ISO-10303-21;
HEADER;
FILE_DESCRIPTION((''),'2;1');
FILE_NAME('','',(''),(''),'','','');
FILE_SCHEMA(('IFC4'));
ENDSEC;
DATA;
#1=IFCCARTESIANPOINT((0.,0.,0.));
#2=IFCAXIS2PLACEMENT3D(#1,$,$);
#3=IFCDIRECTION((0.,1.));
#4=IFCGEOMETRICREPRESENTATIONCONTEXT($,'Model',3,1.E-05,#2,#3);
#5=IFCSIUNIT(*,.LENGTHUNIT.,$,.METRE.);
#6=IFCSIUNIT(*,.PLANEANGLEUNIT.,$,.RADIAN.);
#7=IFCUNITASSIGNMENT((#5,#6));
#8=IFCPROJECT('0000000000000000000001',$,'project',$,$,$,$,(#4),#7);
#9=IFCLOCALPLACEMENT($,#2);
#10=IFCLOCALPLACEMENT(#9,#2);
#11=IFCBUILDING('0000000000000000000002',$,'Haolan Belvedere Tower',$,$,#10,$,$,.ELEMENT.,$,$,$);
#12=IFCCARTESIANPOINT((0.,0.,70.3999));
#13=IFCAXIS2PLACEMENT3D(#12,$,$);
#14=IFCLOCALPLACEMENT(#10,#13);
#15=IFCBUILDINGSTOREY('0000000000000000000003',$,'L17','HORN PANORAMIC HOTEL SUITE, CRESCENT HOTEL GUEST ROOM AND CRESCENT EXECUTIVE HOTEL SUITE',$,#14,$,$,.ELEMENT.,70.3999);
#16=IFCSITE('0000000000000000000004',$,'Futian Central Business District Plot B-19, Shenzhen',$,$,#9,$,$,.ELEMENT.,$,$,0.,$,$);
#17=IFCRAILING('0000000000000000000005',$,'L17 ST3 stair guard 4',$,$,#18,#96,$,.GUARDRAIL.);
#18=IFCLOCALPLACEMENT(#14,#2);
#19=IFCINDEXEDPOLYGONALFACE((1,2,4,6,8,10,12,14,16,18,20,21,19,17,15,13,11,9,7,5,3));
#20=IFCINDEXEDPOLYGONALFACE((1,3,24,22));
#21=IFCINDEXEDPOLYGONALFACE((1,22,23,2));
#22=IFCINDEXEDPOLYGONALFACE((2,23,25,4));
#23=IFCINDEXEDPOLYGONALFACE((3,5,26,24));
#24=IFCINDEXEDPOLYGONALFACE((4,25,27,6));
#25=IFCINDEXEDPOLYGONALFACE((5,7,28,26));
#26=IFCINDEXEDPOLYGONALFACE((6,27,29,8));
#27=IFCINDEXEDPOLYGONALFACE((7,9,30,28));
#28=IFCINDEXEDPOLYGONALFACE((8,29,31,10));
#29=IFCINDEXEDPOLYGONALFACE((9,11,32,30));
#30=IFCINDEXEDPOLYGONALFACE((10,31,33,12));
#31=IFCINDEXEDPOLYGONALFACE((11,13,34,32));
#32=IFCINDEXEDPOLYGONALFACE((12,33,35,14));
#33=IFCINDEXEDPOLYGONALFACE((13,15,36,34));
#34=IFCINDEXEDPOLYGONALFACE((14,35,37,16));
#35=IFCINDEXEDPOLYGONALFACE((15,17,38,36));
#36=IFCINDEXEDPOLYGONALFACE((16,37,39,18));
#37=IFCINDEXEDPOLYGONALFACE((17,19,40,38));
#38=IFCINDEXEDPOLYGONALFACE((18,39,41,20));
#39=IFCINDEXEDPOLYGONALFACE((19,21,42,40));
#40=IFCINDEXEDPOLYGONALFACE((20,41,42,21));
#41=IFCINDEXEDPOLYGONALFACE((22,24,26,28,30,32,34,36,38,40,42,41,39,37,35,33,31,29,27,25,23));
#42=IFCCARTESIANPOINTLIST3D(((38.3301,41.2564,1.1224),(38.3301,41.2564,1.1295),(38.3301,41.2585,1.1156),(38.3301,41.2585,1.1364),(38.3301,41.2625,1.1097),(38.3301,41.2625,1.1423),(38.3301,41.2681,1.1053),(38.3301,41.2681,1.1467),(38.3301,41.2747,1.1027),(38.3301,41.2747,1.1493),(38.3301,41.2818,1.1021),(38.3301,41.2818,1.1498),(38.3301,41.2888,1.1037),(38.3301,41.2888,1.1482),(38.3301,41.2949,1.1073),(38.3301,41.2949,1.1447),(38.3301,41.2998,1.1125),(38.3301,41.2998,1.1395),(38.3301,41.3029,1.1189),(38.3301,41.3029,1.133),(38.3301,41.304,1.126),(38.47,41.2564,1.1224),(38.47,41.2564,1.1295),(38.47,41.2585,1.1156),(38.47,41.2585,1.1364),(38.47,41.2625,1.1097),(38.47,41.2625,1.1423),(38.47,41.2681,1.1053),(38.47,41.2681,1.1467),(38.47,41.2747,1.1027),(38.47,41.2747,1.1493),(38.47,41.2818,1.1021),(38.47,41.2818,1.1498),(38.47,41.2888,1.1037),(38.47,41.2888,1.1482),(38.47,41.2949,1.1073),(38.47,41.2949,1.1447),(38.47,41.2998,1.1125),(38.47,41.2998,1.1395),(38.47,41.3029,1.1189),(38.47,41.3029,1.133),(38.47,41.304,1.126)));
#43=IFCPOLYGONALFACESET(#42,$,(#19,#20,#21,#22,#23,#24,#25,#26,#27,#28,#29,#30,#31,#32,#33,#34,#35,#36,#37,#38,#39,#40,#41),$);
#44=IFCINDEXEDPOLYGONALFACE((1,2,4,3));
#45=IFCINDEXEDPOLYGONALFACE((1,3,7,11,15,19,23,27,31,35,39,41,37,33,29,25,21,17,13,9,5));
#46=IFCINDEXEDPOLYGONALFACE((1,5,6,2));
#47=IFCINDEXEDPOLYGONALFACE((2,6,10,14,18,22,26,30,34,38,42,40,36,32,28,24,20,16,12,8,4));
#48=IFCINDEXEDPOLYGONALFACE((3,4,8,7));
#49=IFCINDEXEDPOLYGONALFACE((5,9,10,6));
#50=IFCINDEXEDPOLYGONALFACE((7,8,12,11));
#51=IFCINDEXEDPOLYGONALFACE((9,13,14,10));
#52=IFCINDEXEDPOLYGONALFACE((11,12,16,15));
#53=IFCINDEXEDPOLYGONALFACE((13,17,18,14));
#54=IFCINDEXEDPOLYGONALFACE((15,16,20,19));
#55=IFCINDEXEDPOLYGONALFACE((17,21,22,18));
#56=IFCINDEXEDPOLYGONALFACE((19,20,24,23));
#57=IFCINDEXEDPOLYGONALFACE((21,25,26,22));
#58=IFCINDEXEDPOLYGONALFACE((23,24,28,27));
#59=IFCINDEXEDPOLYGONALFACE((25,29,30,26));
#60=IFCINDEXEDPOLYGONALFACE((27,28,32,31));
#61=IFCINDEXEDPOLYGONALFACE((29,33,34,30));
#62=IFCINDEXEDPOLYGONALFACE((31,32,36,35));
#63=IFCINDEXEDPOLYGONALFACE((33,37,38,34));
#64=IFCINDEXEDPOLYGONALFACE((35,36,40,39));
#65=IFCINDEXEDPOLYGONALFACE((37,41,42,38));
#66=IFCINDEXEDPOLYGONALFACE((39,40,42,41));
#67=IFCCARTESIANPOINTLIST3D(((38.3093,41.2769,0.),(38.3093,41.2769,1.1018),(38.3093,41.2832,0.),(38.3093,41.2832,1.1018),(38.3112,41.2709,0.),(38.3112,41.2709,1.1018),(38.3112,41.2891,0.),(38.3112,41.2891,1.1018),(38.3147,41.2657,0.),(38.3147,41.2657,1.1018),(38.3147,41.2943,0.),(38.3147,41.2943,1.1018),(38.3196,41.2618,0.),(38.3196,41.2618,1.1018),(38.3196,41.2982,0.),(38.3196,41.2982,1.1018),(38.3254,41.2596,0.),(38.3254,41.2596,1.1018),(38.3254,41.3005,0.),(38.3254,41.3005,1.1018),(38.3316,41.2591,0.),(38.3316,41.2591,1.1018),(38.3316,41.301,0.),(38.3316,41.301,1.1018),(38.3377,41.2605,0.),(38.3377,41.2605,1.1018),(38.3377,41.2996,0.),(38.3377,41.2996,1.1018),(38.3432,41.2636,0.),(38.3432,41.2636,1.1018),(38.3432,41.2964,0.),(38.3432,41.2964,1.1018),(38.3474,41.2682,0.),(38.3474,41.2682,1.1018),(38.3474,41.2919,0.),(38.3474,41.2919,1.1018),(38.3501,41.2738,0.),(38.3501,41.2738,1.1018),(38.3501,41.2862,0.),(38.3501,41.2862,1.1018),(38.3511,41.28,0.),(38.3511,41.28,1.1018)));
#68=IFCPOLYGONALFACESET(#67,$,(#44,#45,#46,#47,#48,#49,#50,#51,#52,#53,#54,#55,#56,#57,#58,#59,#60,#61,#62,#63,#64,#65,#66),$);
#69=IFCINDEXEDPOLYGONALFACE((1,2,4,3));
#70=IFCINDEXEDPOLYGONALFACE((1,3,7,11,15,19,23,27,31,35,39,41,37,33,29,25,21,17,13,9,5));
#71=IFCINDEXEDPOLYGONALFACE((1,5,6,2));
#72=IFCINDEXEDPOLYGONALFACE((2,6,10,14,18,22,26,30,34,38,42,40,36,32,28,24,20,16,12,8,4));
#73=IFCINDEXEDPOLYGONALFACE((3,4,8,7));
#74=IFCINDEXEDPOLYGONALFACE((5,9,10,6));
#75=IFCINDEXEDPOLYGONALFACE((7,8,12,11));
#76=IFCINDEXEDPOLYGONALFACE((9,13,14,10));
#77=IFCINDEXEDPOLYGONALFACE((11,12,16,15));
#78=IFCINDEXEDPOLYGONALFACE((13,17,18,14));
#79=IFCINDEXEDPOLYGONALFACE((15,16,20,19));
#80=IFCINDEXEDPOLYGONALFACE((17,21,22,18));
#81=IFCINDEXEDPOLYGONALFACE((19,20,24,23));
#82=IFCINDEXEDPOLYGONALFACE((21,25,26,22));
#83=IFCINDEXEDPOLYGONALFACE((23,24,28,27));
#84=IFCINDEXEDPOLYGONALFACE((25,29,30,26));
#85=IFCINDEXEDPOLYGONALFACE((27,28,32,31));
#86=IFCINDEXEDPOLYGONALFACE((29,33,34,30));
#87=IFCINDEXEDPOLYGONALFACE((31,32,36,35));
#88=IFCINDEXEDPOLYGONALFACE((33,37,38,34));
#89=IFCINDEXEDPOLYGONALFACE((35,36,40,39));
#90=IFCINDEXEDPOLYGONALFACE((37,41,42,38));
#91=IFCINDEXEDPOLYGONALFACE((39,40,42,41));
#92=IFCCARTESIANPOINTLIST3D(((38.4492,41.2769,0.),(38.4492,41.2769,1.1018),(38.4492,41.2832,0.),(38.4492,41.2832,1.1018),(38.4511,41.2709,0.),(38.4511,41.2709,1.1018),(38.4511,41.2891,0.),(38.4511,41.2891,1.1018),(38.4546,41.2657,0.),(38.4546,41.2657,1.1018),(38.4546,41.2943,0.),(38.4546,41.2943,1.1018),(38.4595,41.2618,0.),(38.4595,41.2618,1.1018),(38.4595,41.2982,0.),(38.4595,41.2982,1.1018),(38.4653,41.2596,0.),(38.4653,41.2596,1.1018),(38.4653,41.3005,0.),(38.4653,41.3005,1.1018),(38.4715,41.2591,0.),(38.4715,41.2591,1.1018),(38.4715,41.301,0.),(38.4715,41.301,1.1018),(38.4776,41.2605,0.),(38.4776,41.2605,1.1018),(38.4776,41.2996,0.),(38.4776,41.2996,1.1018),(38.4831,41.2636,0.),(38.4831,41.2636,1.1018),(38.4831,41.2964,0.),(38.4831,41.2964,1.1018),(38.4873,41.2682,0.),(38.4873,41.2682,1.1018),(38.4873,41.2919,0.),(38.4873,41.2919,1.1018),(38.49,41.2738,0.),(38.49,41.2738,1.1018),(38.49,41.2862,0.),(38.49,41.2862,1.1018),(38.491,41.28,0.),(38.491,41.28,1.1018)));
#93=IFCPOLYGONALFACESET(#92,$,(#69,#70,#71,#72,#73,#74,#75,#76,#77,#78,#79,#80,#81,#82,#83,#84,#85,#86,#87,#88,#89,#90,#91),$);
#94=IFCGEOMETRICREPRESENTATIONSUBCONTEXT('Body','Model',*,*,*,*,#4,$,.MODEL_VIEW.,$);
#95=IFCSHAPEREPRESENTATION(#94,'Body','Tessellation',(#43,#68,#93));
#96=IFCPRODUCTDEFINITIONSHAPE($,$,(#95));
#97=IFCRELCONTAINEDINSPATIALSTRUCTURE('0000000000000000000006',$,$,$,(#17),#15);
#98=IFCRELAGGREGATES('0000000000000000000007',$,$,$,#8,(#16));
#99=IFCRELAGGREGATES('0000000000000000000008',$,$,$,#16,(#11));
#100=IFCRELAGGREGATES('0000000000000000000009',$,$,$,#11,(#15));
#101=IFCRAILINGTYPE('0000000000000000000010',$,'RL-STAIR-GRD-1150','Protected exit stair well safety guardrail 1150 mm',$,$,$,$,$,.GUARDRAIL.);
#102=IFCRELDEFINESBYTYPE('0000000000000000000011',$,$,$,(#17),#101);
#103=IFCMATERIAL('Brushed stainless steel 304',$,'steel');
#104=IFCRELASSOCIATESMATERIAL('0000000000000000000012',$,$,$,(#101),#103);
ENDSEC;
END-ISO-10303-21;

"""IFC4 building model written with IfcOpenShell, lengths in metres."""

from ifc_helpers import new_model, si_unit, direction, frame, origin, origin_2d, place, context, subcontext, project, spatial, circle, extrude, material, type_object, element, save


model = new_model("IFC4")

# Units and contexts
model_context = context("Model", 3, precision=1e-05, world=origin(), true_north=direction((0.0, 1.0)))
body_context = subcontext(model_context, "Body", "Model", "MODEL_VIEW")
ifc_project = project(units=[si_unit("LENGTHUNIT", "METRE"), si_unit("PLANEANGLEUNIT", "RADIAN")], contexts=[model_context])

# Site, building, storey
site_placement = place(None, origin())
site = spatial("IfcSite", under=ifc_project, at=site_placement, Name="Futian Central Business District Plot B-19, Shenzhen", CompositionType="ELEMENT", RefElevation=0.0)
building_placement = place(site_placement, origin())
building = spatial("IfcBuilding", under=site, at=building_placement, Name="Haolan Belvedere Tower", CompositionType="ELEMENT")
storey_placement = place(building_placement, frame((0.0, 0.0, 70.3999)))
storey = spatial("IfcBuildingStorey", under=building, at=storey_placement, Name="L17", Description="HORN PANORAMIC HOTEL SUITE, CRESCENT HOTEL GUEST ROOM AND CRESCENT EXECUTIVE HOTEL SUITE", CompositionType="ELEMENT", Elevation=70.3999)

# Railing
ifc_material_1 = material(Name="Brushed stainless steel 304", Category="steel")
railing_type_1 = type_object("IfcRailingType", Name="RL-STAIR-GRD-1150", Description="Protected exit stair well safety guardrail 1150 mm", PredefinedType="GUARDRAIL", material=ifc_material_1)
railing_1_placement = place(storey_placement, frame((38.3301, 41.28, 0.0)))
element("IfcRailing", 1, at=railing_1_placement, inside=storey, type_object=railing_type_1, Name="L17 ST3 stair guard 4", PredefinedType="GUARDRAIL", context=body_context, shape_type="SweptSolid", body=[
    extrude(circle(Radius=0.0239, at=origin_2d()), frame((0.0, 0.0, 1.126), z_axis=(1.0, 0.0, 0.0), x_axis=(0.0, 1.0, 0.0)), (0.0, 0.0, 1.0), 0.1399),
    extrude(circle(Radius=0.021, at=origin_2d()), origin(), (0.0, 0.0, 1.0), 1.1018),
    extrude(circle(Radius=0.021, at=origin_2d()), frame((0.1399, 0.0, 0.0)), (0.0, 0.0, 1.0), 1.1018),
])

save(model, "model.ifc")
